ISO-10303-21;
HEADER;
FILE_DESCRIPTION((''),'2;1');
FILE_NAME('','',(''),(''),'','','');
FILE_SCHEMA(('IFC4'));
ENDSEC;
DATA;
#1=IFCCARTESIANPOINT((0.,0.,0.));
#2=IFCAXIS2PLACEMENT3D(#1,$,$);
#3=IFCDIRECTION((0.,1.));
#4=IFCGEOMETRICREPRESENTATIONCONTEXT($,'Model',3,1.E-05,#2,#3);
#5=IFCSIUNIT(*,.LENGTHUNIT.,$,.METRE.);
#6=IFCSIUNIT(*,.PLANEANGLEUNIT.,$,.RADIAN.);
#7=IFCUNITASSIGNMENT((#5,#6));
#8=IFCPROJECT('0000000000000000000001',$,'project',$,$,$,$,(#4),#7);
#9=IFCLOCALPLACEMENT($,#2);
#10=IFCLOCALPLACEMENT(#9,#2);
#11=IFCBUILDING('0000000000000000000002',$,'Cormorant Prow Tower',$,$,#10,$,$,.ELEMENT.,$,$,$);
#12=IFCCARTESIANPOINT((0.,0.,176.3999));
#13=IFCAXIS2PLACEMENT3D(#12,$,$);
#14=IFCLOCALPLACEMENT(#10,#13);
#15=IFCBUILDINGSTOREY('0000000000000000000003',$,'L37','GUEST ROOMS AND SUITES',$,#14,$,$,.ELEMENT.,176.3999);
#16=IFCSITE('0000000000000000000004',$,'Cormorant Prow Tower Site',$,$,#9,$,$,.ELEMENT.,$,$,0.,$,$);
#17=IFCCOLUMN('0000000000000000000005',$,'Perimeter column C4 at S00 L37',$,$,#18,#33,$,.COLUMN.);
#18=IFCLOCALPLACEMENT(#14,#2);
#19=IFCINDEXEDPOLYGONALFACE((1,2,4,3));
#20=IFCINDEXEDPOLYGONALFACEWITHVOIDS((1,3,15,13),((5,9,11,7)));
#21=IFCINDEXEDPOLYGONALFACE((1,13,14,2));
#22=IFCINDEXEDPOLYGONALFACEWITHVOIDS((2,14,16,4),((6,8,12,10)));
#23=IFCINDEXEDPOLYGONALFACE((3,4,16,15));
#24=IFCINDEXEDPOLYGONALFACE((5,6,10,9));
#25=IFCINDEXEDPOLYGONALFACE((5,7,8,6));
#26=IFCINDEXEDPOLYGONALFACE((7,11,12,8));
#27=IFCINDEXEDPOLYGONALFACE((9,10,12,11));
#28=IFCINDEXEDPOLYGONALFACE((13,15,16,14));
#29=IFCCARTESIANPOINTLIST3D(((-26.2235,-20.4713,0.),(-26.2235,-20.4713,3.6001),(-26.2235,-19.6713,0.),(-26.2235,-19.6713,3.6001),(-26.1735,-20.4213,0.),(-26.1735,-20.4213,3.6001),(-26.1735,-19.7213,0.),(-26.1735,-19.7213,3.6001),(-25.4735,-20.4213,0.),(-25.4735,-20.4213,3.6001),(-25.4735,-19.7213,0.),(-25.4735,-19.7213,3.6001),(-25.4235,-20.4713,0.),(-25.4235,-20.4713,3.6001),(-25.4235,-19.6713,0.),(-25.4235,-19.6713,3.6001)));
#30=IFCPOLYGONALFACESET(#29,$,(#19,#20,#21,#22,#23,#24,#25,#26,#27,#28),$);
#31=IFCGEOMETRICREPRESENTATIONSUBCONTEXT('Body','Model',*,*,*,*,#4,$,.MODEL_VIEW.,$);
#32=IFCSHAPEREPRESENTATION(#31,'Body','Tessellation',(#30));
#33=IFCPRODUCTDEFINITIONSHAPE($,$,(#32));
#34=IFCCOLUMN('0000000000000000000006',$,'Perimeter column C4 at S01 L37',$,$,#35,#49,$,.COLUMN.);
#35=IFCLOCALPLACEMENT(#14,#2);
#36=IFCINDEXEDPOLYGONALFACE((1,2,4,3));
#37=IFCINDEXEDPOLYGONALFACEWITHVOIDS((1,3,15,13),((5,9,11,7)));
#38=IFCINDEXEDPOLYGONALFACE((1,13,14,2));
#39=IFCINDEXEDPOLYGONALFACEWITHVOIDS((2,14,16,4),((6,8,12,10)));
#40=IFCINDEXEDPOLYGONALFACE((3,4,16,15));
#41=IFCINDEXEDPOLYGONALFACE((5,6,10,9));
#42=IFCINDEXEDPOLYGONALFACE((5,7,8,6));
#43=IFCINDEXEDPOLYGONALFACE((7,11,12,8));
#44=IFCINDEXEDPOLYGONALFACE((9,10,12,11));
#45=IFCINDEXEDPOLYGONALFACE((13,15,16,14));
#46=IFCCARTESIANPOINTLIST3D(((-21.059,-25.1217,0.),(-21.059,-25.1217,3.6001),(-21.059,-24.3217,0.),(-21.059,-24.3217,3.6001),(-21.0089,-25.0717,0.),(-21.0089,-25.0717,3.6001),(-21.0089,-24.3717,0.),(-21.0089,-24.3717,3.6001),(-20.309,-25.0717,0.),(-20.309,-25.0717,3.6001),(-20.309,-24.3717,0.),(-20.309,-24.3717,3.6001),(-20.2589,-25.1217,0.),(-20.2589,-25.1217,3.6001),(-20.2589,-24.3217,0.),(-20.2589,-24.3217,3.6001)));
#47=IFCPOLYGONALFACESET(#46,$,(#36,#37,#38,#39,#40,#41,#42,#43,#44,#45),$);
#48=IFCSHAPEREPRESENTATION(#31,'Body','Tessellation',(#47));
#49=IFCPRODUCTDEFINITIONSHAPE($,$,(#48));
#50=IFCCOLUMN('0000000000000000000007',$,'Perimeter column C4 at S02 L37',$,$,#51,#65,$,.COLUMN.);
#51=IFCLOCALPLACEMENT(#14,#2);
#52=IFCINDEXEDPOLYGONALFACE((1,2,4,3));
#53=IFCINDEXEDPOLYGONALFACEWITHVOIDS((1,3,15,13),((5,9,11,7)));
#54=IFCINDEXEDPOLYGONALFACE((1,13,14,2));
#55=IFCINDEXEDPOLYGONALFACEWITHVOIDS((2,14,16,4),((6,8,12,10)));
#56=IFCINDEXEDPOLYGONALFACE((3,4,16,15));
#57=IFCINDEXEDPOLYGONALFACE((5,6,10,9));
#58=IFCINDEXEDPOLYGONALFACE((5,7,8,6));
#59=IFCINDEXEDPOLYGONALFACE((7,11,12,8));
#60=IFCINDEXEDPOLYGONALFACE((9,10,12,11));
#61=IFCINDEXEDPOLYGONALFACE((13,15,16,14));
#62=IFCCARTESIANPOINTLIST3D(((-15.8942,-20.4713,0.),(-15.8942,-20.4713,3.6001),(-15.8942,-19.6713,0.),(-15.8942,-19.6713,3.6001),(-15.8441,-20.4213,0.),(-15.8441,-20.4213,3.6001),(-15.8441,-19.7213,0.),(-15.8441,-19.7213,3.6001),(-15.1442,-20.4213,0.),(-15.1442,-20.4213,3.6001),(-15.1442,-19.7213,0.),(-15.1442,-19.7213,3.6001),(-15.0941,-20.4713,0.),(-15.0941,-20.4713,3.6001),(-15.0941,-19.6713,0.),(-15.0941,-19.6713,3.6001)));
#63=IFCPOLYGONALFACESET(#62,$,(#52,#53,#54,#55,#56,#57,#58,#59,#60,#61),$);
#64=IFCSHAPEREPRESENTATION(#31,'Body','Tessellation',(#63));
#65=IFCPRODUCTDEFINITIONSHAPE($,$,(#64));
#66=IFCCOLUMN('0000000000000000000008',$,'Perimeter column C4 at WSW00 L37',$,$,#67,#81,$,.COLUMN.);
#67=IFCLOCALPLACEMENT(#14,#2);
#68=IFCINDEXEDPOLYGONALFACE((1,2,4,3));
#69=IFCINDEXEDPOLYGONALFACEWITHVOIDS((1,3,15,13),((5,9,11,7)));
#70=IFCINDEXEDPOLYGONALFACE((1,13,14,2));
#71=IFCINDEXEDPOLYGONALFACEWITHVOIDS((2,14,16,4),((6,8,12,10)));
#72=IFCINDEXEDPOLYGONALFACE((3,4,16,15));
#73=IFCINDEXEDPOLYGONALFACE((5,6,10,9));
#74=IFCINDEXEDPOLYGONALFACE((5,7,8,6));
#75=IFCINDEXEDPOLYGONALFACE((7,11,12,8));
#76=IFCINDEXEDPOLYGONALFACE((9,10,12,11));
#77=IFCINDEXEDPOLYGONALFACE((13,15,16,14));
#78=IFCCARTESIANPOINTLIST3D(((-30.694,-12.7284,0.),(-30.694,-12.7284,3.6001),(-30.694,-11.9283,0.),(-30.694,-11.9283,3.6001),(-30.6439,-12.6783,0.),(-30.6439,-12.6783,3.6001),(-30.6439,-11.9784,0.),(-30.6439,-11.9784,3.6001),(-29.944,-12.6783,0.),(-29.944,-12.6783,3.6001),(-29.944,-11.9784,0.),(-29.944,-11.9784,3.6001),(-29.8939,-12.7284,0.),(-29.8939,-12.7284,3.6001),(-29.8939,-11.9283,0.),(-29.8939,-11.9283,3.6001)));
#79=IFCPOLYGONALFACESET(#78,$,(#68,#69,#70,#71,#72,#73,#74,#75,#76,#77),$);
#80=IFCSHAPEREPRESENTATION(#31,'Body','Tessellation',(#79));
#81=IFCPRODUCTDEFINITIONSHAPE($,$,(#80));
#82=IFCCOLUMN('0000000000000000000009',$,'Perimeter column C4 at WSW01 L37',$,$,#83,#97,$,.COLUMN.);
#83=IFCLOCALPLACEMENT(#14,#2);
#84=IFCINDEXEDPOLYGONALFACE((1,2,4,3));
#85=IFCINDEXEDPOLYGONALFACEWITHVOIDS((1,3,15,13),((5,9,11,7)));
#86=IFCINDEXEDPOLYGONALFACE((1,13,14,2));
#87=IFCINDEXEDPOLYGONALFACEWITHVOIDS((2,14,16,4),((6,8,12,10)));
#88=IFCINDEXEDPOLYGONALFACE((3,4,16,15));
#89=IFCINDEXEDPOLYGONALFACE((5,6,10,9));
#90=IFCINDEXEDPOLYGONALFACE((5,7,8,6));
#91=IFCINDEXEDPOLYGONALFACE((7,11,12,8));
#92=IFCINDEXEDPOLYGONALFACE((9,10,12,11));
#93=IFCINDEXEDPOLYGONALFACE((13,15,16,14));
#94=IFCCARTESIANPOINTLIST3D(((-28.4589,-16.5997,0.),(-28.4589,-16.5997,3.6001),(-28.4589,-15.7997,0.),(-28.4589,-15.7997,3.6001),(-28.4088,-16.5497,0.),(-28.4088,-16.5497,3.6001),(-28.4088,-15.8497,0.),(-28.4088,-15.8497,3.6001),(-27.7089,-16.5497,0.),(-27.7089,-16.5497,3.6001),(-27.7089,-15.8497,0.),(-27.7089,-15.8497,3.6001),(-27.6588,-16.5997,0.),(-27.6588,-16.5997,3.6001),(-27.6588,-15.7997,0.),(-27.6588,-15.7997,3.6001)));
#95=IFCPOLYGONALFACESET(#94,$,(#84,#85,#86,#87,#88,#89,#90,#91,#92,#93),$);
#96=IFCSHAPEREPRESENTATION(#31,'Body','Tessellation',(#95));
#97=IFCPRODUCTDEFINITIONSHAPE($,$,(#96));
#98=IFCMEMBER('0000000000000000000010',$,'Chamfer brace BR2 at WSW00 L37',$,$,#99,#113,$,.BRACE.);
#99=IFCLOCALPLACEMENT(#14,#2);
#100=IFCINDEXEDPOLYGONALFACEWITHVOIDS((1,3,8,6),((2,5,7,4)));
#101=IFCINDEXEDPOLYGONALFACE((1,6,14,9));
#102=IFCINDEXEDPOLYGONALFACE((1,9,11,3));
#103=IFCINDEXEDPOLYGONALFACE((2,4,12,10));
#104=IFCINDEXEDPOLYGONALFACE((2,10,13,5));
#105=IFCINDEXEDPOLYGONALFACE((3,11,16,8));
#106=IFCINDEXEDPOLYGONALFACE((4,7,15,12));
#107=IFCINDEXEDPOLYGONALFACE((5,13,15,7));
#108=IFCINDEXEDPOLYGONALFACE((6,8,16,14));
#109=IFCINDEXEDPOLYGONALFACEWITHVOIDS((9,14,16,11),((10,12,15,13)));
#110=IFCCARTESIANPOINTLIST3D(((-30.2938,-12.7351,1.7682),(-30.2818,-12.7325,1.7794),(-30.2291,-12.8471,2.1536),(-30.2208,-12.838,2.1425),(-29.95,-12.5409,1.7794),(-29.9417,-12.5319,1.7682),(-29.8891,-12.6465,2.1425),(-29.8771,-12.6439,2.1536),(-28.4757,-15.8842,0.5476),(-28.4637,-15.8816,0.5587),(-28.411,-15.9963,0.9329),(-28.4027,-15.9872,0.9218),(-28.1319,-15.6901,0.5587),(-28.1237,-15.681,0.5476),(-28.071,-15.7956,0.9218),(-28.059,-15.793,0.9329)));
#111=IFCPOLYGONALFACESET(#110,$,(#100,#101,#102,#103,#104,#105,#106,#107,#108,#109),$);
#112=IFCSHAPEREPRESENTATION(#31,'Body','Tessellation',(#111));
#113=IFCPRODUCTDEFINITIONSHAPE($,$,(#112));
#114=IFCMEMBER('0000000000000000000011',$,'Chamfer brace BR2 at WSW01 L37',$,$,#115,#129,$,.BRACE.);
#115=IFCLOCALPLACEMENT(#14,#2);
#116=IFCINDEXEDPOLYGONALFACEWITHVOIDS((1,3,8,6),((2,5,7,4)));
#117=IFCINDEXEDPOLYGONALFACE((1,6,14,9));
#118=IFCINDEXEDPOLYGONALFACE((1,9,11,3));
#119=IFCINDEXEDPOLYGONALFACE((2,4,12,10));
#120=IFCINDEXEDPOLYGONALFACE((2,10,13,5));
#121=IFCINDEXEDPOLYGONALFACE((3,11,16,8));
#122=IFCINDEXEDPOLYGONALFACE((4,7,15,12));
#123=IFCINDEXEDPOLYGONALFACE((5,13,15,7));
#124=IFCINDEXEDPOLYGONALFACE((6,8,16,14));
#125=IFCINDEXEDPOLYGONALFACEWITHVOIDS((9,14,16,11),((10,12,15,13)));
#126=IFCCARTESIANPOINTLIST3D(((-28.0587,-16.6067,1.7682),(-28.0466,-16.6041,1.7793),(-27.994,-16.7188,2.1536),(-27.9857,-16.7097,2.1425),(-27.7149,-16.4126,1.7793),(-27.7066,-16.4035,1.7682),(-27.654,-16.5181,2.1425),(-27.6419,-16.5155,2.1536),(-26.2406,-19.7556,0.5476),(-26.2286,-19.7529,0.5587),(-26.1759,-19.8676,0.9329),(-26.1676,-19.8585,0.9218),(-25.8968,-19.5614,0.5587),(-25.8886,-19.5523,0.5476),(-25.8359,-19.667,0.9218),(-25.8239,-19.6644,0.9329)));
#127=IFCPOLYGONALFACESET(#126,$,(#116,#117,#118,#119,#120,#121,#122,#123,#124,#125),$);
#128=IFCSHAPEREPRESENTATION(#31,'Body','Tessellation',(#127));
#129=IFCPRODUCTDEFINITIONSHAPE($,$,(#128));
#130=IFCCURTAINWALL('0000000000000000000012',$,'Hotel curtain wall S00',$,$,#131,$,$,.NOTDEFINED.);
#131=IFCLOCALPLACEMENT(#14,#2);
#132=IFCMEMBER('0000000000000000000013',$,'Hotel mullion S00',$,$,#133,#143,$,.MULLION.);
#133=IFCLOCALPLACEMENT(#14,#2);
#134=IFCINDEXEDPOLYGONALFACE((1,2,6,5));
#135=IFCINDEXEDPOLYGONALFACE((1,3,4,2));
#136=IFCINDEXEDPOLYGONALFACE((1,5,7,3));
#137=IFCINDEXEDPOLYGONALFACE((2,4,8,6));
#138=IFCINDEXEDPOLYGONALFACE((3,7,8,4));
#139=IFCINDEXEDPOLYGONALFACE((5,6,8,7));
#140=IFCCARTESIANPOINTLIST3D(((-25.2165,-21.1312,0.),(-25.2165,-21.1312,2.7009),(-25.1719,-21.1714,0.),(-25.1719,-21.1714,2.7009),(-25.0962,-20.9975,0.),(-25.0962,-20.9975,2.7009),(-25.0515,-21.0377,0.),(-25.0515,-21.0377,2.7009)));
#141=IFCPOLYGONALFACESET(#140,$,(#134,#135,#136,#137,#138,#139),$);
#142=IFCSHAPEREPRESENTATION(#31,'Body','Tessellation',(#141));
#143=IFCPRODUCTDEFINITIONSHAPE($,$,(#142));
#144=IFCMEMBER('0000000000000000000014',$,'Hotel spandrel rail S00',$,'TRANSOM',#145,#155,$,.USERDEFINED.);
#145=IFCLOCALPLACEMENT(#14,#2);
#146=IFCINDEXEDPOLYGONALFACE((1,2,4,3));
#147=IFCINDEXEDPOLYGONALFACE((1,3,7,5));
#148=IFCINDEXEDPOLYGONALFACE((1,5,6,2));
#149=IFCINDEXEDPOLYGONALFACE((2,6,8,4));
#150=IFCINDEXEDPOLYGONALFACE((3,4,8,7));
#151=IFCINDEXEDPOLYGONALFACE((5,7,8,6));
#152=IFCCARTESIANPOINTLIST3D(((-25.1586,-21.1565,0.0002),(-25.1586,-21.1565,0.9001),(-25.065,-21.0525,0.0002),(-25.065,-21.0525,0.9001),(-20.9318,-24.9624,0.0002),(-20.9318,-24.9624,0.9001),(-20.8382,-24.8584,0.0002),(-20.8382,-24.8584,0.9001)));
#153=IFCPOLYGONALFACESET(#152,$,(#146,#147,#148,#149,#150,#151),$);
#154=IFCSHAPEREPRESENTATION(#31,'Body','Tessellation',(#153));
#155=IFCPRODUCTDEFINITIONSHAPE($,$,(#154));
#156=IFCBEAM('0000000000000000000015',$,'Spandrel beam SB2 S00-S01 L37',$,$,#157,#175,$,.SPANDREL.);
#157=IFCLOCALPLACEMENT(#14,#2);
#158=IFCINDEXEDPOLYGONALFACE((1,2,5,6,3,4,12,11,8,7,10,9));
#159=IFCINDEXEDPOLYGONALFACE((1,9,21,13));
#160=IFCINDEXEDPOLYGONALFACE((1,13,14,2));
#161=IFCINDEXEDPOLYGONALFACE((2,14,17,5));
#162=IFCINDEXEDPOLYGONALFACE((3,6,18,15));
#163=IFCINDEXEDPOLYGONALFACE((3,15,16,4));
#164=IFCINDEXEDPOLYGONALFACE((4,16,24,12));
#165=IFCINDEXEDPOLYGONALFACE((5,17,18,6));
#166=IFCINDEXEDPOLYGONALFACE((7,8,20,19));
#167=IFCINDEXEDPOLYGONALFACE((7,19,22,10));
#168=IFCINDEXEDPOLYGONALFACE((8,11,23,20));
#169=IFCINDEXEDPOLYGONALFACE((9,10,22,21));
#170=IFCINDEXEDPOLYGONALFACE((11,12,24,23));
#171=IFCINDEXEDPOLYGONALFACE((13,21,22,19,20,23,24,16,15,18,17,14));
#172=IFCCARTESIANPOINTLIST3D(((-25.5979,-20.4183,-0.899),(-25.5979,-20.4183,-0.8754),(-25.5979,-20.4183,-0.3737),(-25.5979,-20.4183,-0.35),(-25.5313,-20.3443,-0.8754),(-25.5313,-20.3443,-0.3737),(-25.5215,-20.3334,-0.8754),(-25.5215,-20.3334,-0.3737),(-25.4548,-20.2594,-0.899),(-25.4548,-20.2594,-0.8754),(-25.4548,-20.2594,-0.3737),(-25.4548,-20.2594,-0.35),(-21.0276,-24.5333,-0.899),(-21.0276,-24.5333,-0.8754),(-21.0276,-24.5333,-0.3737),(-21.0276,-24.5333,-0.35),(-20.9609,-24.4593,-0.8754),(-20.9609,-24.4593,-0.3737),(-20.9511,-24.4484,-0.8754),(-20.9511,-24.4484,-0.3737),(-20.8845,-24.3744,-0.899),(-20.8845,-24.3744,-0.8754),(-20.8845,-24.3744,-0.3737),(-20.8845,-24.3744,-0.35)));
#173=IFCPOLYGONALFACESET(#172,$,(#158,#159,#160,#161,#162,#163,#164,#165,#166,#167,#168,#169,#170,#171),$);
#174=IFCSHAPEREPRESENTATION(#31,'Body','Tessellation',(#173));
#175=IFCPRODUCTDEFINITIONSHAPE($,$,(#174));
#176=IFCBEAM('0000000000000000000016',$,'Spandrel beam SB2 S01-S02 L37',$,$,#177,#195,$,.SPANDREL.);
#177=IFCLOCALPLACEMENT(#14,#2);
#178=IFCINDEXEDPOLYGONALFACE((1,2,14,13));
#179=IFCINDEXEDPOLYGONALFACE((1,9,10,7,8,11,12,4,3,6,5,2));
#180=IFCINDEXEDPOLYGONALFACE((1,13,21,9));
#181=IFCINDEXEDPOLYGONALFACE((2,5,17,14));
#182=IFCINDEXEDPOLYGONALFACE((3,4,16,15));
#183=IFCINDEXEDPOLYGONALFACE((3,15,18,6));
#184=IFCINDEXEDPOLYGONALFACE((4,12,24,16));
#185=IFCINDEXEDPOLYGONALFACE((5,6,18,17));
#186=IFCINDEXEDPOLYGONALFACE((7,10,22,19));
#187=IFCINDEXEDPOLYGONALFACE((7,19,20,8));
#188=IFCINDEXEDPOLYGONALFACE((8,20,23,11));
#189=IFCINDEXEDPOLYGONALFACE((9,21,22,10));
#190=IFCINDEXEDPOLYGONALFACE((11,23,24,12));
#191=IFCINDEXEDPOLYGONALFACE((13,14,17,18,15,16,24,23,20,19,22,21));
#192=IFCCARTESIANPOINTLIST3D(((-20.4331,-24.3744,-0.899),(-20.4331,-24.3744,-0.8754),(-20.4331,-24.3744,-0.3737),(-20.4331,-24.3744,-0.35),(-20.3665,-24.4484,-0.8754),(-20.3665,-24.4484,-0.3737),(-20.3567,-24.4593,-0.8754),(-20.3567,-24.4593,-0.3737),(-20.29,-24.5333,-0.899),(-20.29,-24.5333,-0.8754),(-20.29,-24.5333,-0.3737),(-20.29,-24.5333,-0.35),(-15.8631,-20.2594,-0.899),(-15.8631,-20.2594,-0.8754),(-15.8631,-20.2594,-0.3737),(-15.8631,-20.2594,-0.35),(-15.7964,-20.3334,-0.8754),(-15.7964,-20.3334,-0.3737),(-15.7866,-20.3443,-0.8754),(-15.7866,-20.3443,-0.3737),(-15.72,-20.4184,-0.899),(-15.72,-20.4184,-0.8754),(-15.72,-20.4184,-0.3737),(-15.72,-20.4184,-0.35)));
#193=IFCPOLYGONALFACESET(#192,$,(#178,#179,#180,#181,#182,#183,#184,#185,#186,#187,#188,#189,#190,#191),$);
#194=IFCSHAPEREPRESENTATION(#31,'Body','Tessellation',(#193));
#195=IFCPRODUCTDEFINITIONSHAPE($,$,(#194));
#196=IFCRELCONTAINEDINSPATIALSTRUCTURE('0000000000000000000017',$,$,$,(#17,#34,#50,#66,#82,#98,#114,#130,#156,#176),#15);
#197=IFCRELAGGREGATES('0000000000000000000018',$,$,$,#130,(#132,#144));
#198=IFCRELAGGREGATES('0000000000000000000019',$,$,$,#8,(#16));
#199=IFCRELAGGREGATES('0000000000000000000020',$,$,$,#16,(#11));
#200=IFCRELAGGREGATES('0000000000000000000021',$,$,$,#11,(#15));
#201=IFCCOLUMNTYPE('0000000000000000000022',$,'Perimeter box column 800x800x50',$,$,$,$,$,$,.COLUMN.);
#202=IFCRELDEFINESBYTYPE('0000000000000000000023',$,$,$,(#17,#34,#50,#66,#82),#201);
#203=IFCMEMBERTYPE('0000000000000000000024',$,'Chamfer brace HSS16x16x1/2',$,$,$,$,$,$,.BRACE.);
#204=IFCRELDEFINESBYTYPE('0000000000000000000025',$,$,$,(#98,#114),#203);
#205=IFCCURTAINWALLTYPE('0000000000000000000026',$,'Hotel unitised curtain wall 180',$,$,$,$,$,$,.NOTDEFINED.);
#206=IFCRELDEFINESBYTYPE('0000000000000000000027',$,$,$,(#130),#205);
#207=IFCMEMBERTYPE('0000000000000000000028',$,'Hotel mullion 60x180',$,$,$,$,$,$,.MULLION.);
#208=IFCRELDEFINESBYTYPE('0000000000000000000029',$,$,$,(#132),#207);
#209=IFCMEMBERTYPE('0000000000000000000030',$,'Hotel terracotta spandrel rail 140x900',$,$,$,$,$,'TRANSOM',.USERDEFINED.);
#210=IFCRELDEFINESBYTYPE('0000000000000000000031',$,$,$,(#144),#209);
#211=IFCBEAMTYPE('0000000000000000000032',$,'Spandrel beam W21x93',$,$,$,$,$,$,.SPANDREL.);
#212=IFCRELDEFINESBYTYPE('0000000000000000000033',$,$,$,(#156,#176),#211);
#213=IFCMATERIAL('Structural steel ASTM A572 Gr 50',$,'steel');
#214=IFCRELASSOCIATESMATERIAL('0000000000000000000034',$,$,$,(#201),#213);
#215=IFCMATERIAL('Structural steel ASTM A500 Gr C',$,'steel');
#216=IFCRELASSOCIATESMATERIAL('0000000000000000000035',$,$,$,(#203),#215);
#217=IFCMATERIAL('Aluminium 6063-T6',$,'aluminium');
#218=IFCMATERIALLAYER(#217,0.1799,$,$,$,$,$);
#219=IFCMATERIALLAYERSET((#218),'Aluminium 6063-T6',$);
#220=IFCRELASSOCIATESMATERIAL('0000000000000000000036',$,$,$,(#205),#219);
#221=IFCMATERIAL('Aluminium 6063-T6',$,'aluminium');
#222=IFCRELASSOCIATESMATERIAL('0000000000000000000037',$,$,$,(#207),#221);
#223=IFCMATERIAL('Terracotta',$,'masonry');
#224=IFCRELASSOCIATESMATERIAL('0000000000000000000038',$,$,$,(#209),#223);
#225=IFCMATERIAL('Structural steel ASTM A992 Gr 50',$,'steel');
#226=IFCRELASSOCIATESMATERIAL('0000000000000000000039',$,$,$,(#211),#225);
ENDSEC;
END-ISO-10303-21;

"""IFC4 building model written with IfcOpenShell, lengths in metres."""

from ifc_helpers import new_model, si_unit, direction, frame, origin, origin_2d, place, context, subcontext, project, spatial, rectangle, hollow_rectangle, i_section, extrude, material, layer, layer_set, material_profile, profile_set, type_object, element, aggregate, save


model = new_model("IFC4")

# Units and contexts
model_context = context("Model", 3, precision=1e-05, world=origin(), true_north=direction((0.0, 1.0)))
body_context = subcontext(model_context, "Body", "Model", "MODEL_VIEW")
ifc_project = project(units=[si_unit("LENGTHUNIT", "METRE"), si_unit("PLANEANGLEUNIT", "RADIAN")], contexts=[model_context])

# Site, building, storey
site_placement = place(None, origin())
site = spatial("IfcSite", under=ifc_project, at=site_placement, Name="Cormorant Prow Tower Site", CompositionType="ELEMENT", RefElevation=0.0)
building_placement = place(site_placement, origin())
building = spatial("IfcBuilding", under=site, at=building_placement, Name="Cormorant Prow Tower", CompositionType="ELEMENT")
storey_placement = place(building_placement, frame((0.0, 0.0, 176.3999)))
storey = spatial("IfcBuildingStorey", under=building, at=storey_placement, Name="L37", Description="GUEST ROOMS AND SUITES", CompositionType="ELEMENT", Elevation=176.3999)

# Columns
ifc_material_1 = material(Name="Structural steel ASTM A572 Gr 50", Category="steel")
ifc_material_profile_1 = material_profile(ifc_material_1, hollow_rectangle(XDim=0.8, YDim=0.8, WallThickness=0.05, at=origin_2d()), Name="Box 800x800x50")
ifc_profile_set_1 = profile_set([ifc_material_profile_1], Name="Structural steel ASTM A572 Gr 50")
column_type = type_object("IfcColumnType", Name="Perimeter box column 800x800x50", PredefinedType="COLUMN", material=ifc_profile_set_1)
for number, where, z_axis, x_axis, name in (
    (1, (-25.8235, -20.0713, 0.0), (0.0, 0.0, 1.0), (1.0, 0.0, 0.0), "Perimeter column C4 at S00 L37"),
    (2, (-20.6589, -24.7217, 0.0), (0.0, 0.0, 1.0), (1.0, 0.0, 0.0), "Perimeter column C4 at S01 L37"),
    (3, (-15.4941, -20.0713, 0.0), (0.0, 0.0, 1.0), (1.0, 0.0, 0.0), "Perimeter column C4 at S02 L37"),
    (4, (-30.2939, -12.3284, 0.0), (0.0, 0.0, 1.0), (1.0, 0.0, 0.0), "Perimeter column C4 at WSW00 L37"),
    (5, (-28.0588, -16.1997, 0.0), (0.0, 0.0, 1.0), (1.0, 0.0, 0.0), "Perimeter column C4 at WSW01 L37"),
):
    element("IfcColumn", number, at=place(storey_placement, frame(where, z_axis=z_axis, x_axis=x_axis)), inside=storey, type_object=column_type, Name=name, PredefinedType="COLUMN", context=body_context, shape_type="SweptSolid", body=[
        extrude(hollow_rectangle(XDim=0.8, YDim=0.8, WallThickness=0.05, at=origin_2d()), origin(), (0.0, 0.0, 1.0), 3.6001),
    ])

# Members
ifc_material_2 = material(Name="Structural steel ASTM A500 Gr C", Category="steel")
ifc_material_profile_2 = material_profile(ifc_material_2, hollow_rectangle(XDim=0.4065, YDim=0.4065, WallThickness=0.0117, at=origin_2d()), Name="HSS16x16x1/2")
ifc_profile_set_2 = profile_set([ifc_material_profile_2], Name="Structural steel ASTM A500 Gr C")
member_type_1 = type_object("IfcMemberType", Name="Chamfer brace HSS16x16x1/2", PredefinedType="BRACE", material=ifc_profile_set_2)
member_1_placement = place(storey_placement, frame((-28.2673, -15.8386, 0.7402), z_axis=(-0.473993, 0.821006, 0.318244), x_axis=(-0.866032, -0.499988, 0.0)))
element("IfcMember", 6, at=member_1_placement, inside=storey, type_object=member_type_1, Name="Chamfer brace BR2 at WSW00 L37", PredefinedType="BRACE", context=body_context, shape_type="SweptSolid", body=[
    extrude(hollow_rectangle(XDim=0.4065, YDim=0.4065, WallThickness=0.0117, at=origin_2d()), origin(), (0.0, 0.0, 1.0), 3.8357),
])
member_2_placement = place(storey_placement, frame((-26.0322, -19.71, 0.7402), z_axis=(-0.474018, 0.820986, 0.318261), x_axis=(-0.866016, -0.500017, 0.0)))
element("IfcMember", 7, at=member_2_placement, inside=storey, type_object=member_type_1, Name="Chamfer brace BR2 at WSW01 L37", PredefinedType="BRACE", context=body_context, shape_type="SweptSolid", body=[
    extrude(hollow_rectangle(XDim=0.4065, YDim=0.4065, WallThickness=0.0117, at=origin_2d()), origin(), (0.0, 0.0, 1.0), 3.8354),
])

# Curtain wall, members
ifc_material_3 = material(Name="Aluminium 6063-T6", Category="aluminium")
ifc_layer_1 = layer(ifc_material_3, 0.1799)
ifc_layer_set_1 = layer_set([ifc_layer_1], Name="Aluminium 6063-T6")
curtain_wall_type = type_object("IfcCurtainWallType", Name="Hotel unitised curtain wall 180", PredefinedType="NOTDEFINED", material=ifc_layer_set_1)
curtain_wall_placement = place(storey_placement, origin())
curtain_wall = element("IfcCurtainWall", 8, at=curtain_wall_placement, inside=storey, type_object=curtain_wall_type, Name="Hotel curtain wall S00", PredefinedType="NOTDEFINED")
ifc_material_4 = material(Name="Aluminium 6063-T6", Category="aluminium")
ifc_material_profile_3 = material_profile(ifc_material_4, rectangle(XDim=0.1799, YDim=0.0601, at=origin_2d()), Name="Hotel mullion 60x180")
ifc_profile_set_3 = profile_set([ifc_material_profile_3], Name="Aluminium 6063-T6")
member_type_2 = type_object("IfcMemberType", Name="Hotel mullion 60x180", PredefinedType="MULLION", material=ifc_profile_set_3)
member_3_placement = place(storey_placement, frame((-25.134, -21.0845, 0.0), z_axis=(0.0, 0.0, 1.0), x_axis=(0.66913, 0.743145, 0.0)))
member_3 = element("IfcMember", 9, at=member_3_placement, type_object=member_type_2, Name="Hotel mullion S00", PredefinedType="MULLION", context=body_context, shape_type="SweptSolid", body=[
    extrude(rectangle(XDim=0.1799, YDim=0.0601, at=origin_2d()), origin(), (0.0, 0.0, 1.0), 2.7009),
])
ifc_material_5 = material(Name="Terracotta", Category="masonry")
ifc_material_profile_4 = material_profile(ifc_material_5, rectangle(XDim=0.1399, YDim=0.8999, at=origin_2d()), Name="Hotel terracotta spandrel rail 140x900")
ifc_profile_set_4 = profile_set([ifc_material_profile_4], Name="Terracotta")
member_type_3 = type_object("IfcMemberType", Name="Hotel terracotta spandrel rail 140x900", ElementType="TRANSOM", PredefinedType="USERDEFINED", material=ifc_profile_set_4)
member_4_placement = place(storey_placement, frame((-25.1118, -21.1045, 0.4502), z_axis=(0.743138, -0.669138, 0.0), x_axis=(0.669138, 0.743138, 0.0)))
member_4 = element("IfcMember", 10, at=member_4_placement, type_object=member_type_3, Name="Hotel spandrel rail S00", ObjectType="TRANSOM", PredefinedType="USERDEFINED", context=body_context, shape_type="SweptSolid", body=[
    extrude(rectangle(XDim=0.1399, YDim=0.8999, at=origin_2d()), origin(), (0.0, 0.0, 1.0), 5.6877),
])

# Beams
ifc_material_6 = material(Name="Structural steel ASTM A992 Gr 50", Category="steel")
ifc_material_profile_5 = material_profile(ifc_material_6, i_section(OverallWidth=0.2139, OverallDepth=0.5491, WebThickness=0.0146, FlangeThickness=0.0237, at=origin_2d()), Name="W21x93")
ifc_profile_set_5 = profile_set([ifc_material_profile_5], Name="Structural steel ASTM A992 Gr 50")
beam_type = type_object("IfcBeamType", Name="Spandrel beam W21x93", PredefinedType="SPANDREL", material=ifc_profile_set_5)
beam_1_placement = place(storey_placement, frame((-25.5264, -20.3389, -0.6245), z_axis=(0.743156, -0.669118, 0.0), x_axis=(0.669118, 0.743156, 0.0)))
element("IfcBeam", 11, at=beam_1_placement, inside=storey, type_object=beam_type, Name="Spandrel beam SB2 S00-S01 L37", PredefinedType="SPANDREL", context=body_context, shape_type="SweptSolid", body=[
    extrude(i_section(OverallWidth=0.2139, OverallDepth=0.5491, WebThickness=0.0146, FlangeThickness=0.0237, at=origin_2d()), origin(), (0.0, 0.0, 1.0), 6.1499),
])
beam_2_placement = place(storey_placement, frame((-20.3616, -24.4539, -0.6245), z_axis=(0.743138, 0.669138, 0.0), x_axis=(-0.669138, 0.743138, 0.0)))
element("IfcBeam", 12, at=beam_2_placement, inside=storey, type_object=beam_type, Name="Spandrel beam SB2 S01-S02 L37", PredefinedType="SPANDREL", context=body_context, shape_type="SweptSolid", body=[
    extrude(i_section(OverallWidth=0.2139, OverallDepth=0.5491, WebThickness=0.0146, FlangeThickness=0.0237, at=origin_2d()), origin(), (0.0, 0.0, 1.0), 6.1497),
])

aggregate(curtain_wall, [member_3, member_4])

save(model, "model.ifc")
